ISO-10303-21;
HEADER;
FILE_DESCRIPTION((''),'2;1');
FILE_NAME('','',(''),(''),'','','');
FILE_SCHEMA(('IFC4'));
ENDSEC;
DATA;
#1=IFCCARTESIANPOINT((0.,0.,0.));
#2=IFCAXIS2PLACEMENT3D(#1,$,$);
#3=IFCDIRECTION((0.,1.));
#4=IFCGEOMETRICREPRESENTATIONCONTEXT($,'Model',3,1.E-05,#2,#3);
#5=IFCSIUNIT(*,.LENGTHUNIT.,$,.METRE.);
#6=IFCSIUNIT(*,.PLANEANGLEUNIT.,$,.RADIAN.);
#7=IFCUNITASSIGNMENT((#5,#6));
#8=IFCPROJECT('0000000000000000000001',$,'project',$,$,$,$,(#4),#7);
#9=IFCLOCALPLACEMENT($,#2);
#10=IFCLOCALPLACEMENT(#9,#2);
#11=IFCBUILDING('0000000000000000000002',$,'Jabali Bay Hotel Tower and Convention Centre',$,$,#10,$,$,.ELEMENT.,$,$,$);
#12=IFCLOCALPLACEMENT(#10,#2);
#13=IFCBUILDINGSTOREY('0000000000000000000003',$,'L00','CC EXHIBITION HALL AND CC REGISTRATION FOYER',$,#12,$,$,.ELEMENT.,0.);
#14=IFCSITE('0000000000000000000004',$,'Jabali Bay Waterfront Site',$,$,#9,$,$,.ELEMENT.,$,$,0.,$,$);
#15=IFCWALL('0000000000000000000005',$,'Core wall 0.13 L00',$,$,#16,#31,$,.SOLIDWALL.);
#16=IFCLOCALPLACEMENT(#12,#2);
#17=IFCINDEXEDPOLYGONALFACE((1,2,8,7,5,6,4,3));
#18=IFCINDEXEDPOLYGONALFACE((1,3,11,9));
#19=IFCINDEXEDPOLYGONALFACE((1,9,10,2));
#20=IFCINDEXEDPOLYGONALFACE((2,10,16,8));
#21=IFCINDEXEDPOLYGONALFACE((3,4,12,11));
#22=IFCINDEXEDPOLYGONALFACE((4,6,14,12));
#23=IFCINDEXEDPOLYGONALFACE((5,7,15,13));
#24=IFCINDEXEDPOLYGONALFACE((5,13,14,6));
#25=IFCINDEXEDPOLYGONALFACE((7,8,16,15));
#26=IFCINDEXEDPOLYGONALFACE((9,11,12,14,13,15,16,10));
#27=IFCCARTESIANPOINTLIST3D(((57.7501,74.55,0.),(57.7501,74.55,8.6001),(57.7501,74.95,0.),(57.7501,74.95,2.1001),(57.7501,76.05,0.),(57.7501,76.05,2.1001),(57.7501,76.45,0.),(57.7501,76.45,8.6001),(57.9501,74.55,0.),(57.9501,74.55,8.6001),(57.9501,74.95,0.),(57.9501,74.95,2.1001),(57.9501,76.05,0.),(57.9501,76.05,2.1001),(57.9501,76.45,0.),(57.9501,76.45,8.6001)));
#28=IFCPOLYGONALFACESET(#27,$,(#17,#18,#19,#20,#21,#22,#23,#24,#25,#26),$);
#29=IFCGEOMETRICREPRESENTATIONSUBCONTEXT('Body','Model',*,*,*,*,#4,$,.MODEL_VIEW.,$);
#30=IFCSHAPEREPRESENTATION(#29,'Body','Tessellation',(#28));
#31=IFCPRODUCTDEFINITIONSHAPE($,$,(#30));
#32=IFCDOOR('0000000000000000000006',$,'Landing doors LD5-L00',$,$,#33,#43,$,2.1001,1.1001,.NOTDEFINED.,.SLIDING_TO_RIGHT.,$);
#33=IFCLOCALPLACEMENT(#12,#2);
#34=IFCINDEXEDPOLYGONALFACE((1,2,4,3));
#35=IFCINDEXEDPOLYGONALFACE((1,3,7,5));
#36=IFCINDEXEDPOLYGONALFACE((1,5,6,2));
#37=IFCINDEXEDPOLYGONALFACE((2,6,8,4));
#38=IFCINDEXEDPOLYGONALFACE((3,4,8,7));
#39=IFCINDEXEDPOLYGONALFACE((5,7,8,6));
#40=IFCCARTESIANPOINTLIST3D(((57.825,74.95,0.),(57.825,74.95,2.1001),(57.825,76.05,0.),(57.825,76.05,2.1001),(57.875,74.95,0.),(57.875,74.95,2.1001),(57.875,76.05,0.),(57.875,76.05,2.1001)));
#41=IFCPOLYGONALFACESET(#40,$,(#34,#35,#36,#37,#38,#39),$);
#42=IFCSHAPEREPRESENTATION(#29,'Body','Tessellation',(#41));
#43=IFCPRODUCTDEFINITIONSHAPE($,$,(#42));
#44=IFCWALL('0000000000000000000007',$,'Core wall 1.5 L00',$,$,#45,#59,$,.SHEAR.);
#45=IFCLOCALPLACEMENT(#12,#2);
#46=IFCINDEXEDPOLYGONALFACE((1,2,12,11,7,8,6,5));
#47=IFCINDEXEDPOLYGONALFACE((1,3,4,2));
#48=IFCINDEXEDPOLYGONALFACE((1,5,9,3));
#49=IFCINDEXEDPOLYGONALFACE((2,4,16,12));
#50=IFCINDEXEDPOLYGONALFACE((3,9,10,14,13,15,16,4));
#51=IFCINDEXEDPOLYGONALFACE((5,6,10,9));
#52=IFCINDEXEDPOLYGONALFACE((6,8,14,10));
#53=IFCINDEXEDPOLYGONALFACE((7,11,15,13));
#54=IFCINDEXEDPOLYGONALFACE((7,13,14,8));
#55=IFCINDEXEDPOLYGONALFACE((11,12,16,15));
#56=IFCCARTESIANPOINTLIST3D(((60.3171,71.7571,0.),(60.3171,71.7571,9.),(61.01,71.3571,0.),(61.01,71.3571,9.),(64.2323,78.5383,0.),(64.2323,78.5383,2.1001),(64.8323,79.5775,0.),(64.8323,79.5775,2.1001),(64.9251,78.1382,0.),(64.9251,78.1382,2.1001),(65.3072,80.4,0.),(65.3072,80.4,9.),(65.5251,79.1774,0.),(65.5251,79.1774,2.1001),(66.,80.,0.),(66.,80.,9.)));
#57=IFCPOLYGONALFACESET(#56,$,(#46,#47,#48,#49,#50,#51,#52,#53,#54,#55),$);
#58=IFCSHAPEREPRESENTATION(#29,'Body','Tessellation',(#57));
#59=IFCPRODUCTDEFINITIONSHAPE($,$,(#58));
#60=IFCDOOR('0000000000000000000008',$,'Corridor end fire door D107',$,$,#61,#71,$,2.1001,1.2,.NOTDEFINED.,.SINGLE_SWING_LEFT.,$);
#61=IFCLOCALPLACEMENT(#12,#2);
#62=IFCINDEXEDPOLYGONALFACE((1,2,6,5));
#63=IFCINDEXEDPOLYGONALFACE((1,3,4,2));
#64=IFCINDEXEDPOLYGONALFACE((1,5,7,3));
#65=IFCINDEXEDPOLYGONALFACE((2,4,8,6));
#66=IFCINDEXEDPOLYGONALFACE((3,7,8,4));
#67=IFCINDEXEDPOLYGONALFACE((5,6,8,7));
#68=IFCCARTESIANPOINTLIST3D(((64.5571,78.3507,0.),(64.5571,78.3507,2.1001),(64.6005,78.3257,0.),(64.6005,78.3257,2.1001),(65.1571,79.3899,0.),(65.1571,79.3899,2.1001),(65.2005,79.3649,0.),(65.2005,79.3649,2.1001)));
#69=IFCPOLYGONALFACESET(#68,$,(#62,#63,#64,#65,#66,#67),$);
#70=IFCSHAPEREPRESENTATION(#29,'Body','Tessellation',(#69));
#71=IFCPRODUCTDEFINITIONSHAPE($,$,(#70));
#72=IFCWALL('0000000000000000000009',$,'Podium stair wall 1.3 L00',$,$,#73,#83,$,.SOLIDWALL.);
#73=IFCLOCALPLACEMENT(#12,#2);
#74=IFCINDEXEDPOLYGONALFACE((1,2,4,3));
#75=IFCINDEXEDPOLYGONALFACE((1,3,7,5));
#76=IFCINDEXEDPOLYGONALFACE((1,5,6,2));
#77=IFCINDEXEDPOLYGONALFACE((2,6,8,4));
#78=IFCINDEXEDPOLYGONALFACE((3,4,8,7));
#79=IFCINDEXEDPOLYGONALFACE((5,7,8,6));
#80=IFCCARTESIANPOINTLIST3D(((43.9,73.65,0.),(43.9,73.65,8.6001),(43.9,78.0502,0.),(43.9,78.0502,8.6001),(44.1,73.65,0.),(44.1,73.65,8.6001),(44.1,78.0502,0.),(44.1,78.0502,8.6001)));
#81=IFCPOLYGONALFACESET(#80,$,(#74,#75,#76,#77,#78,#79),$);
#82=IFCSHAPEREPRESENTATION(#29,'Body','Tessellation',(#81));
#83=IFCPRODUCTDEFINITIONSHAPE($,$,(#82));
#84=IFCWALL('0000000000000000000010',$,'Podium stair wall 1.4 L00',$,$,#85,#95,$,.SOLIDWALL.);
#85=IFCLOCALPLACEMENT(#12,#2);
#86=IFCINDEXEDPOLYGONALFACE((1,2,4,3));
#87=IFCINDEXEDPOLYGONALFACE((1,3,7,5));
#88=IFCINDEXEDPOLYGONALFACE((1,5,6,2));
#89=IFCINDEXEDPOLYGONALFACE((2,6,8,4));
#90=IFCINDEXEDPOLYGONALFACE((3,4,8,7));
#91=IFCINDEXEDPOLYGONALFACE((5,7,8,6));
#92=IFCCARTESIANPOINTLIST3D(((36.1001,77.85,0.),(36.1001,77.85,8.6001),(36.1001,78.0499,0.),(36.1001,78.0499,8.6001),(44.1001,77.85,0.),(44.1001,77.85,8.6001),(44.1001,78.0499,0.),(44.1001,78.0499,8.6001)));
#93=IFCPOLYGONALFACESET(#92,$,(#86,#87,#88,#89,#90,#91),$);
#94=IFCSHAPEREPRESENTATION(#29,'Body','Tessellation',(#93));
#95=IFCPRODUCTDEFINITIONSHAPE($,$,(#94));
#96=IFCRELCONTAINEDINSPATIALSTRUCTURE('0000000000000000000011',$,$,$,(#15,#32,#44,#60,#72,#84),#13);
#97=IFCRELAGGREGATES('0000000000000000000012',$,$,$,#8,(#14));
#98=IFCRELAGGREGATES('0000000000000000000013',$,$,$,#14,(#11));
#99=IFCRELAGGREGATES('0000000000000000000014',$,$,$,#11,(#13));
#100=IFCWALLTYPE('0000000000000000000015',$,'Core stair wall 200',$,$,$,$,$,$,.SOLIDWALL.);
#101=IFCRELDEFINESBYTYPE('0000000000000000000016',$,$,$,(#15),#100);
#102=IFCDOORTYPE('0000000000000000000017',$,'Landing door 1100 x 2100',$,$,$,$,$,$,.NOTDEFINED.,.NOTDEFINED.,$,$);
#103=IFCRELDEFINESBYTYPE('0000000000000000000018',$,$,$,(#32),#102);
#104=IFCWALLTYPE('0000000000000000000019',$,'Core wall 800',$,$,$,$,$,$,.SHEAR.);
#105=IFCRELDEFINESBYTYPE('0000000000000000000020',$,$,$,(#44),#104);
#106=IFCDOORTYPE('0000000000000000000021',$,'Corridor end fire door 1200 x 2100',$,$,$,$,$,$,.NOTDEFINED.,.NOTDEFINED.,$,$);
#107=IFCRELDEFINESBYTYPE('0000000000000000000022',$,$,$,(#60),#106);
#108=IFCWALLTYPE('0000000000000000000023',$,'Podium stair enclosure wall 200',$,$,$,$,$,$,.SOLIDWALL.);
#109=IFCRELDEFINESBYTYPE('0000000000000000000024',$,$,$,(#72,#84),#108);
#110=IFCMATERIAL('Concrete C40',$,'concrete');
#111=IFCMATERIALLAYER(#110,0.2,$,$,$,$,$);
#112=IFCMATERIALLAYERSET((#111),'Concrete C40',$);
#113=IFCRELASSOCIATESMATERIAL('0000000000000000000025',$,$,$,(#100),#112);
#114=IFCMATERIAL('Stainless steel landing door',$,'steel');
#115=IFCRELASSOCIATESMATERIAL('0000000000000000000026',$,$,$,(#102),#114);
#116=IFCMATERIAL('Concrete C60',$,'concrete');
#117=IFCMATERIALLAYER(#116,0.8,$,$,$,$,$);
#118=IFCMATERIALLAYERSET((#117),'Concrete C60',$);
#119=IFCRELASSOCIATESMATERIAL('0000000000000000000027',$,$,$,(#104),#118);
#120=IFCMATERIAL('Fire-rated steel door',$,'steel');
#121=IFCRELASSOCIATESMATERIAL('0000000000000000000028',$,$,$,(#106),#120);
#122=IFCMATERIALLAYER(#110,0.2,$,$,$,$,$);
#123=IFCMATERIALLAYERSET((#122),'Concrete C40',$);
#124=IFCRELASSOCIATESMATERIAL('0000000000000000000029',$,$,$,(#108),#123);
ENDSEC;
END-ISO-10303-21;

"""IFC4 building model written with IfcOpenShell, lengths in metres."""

from ifc_helpers import new_model, si_unit, direction, frame, frame_2d, origin, place, context, subcontext, project, spatial, rectangle, extrude, material, layer, layer_set, type_object, element, fill, save


model = new_model("IFC4")

# Units and contexts
model_context = context("Model", 3, precision=1e-05, world=origin(), true_north=direction((0.0, 1.0)))
body_context = subcontext(model_context, "Body", "Model", "MODEL_VIEW")
ifc_project = project(units=[si_unit("LENGTHUNIT", "METRE"), si_unit("PLANEANGLEUNIT", "RADIAN")], contexts=[model_context])

# Site, building, storey
site_placement = place(None, origin())
site = spatial("IfcSite", under=ifc_project, at=site_placement, Name="Jabali Bay Waterfront Site", CompositionType="ELEMENT", RefElevation=0.0)
building_placement = place(site_placement, origin())
building = spatial("IfcBuilding", under=site, at=building_placement, Name="Jabali Bay Hotel Tower and Convention Centre", CompositionType="ELEMENT")
storey_placement = place(building_placement, origin())
storey = spatial("IfcBuildingStorey", under=building, at=storey_placement, Name="L00", Description="CC EXHIBITION HALL AND CC REGISTRATION FOYER", CompositionType="ELEMENT", Elevation=0.0)

# Shared definitions
ifc_material_1 = material(Name="Concrete C60", Category="concrete")

# Shared definitions
ifc_material_2 = material(Name="Concrete C40", Category="concrete")
ifc_material_3 = material(Name="Fire-rated steel door", Category="steel")
ifc_layer_1 = layer(ifc_material_2, 0.2)
ifc_layer_set_1 = layer_set([ifc_layer_1], Name="Concrete C40")
wall_type_1 = type_object("IfcWallType", Name="Core stair wall 200", PredefinedType="SOLIDWALL", material=ifc_layer_set_1)

# Walls, openings, doors
wall_1_placement = place(storey_placement, frame((57.8501, 76.45, 0.0), z_axis=(0.0, 0.0, 1.0), x_axis=(0.0, -1.0, 0.0)))
wall_1 = element("IfcWall", 1, at=wall_1_placement, inside=storey, type_object=wall_type_1, Name="Core wall 0.13 L00", PredefinedType="SOLIDWALL", context=body_context, shape_type="SweptSolid", body=[
    extrude(rectangle(XDim=1.8999, YDim=0.2, at=frame_2d((0.95, 0.0))), origin(), (0.0, 0.0, 1.0), 8.6001),
])
opening_1_placement = place(wall_1_placement, frame((0.3999, 0.0, 0.0)))
opening_1 = element("IfcOpeningElement", 2, at=opening_1_placement, cuts=wall_1, PredefinedType="OPENING", context=body_context, shape_type="SweptSolid", body=[
    extrude(rectangle(XDim=1.1001, YDim=2.1001, at=frame_2d((0.55, 1.05))), frame((0.0, 0.1104, 0.0), z_axis=(0.0, -1.0, 0.0), x_axis=(1.0, 0.0, 0.0)), (0.0, 0.0, 1.0), 0.2209),
])
ifc_material_4 = material(Name="Stainless steel landing door", Category="steel")
door_type_1 = type_object("IfcDoorType", Name="Landing door 1100 x 2100", OperationType="NOTDEFINED", PredefinedType="NOTDEFINED", material=ifc_material_4)
door_1_placement = place(opening_1_placement, origin())
door_1 = element("IfcDoor", 3, at=door_1_placement, inside=storey, type_object=door_type_1, Name="Landing doors LD5-L00", OperationType="SLIDING_TO_RIGHT", OverallHeight=2.1001, OverallWidth=1.1001, PredefinedType="NOTDEFINED", context=body_context, shape_type="SweptSolid", body=[
    extrude(rectangle(XDim=1.1001, YDim=2.1001, at=frame_2d((0.55, 1.05))), frame((0.0, 0.0249, 0.0), z_axis=(0.0, -1.0, 0.0), x_axis=(1.0, 0.0, 0.0)), (0.0, 0.0, 1.0), 0.05),
])
fill(opening_1, door_1)
ifc_layer_2 = layer(ifc_material_1, 0.8)
ifc_layer_set_2 = layer_set([ifc_layer_2], Name="Concrete C60")
wall_type_2 = type_object("IfcWallType", Name="Core wall 800", PredefinedType="SHEAR", material=ifc_layer_set_2)
wall_2_placement = place(storey_placement, frame((60.6636, 71.5571, 0.0), z_axis=(0.0, 0.0, 1.0), x_axis=(0.500004, 0.866023, 0.0)))
wall_2 = element("IfcWall", 4, at=wall_2_placement, inside=storey, type_object=wall_type_2, Name="Core wall 1.5 L00", PredefinedType="SHEAR", context=body_context, shape_type="SweptSolid", body=[
    extrude(rectangle(XDim=9.98, YDim=0.8, at=frame_2d((4.99, 0.0))), origin(), (0.0, 0.0, 1.0), 9.0),
])
opening_2_placement = place(wall_2_placement, frame((7.8301, 0.0, 0.0)))
opening_2 = element("IfcOpeningElement", 5, at=opening_2_placement, cuts=wall_2, PredefinedType="OPENING", context=body_context, shape_type="SweptSolid", body=[
    extrude(rectangle(XDim=1.2, YDim=2.1001, at=frame_2d((0.6001, 1.05))), frame((0.0, 0.4106, 0.0), z_axis=(0.0, -1.0, 0.0), x_axis=(1.0, 0.0, 0.0)), (0.0, 0.0, 1.0), 0.821),
])
door_type_2 = type_object("IfcDoorType", Name="Corridor end fire door 1200 x 2100", OperationType="NOTDEFINED", PredefinedType="NOTDEFINED", material=ifc_material_3)
door_2_placement = place(opening_2_placement, origin())
door_2 = element("IfcDoor", 6, at=door_2_placement, inside=storey, type_object=door_type_2, Name="Corridor end fire door D107", OperationType="SINGLE_SWING_LEFT", OverallHeight=2.1001, OverallWidth=1.2, PredefinedType="NOTDEFINED", context=body_context, shape_type="SweptSolid", body=[
    extrude(rectangle(XDim=1.2, YDim=2.1001, at=frame_2d((0.6001, 1.05))), frame((0.0, 0.0249, 0.0), z_axis=(0.0, -1.0, 0.0), x_axis=(1.0, 0.0, 0.0)), (0.0, 0.0, 1.0), 0.05),
])
fill(opening_2, door_2)

# Walls
ifc_layer_3 = layer(ifc_material_2, 0.2)
ifc_layer_set_3 = layer_set([ifc_layer_3], Name="Concrete C40")
wall_type_3 = type_object("IfcWallType", Name="Podium stair enclosure wall 200", PredefinedType="SOLIDWALL", material=ifc_layer_set_3)
wall_3_placement = place(storey_placement, frame((44.0, 73.6499, 0.0), z_axis=(0.0, 0.0, 1.0), x_axis=(0.0, 1.0, 0.0)))
element("IfcWall", 7, at=wall_3_placement, inside=storey, type_object=wall_type_3, Name="Podium stair wall 1.3 L00", PredefinedType="SOLIDWALL", context=body_context, shape_type="SweptSolid", body=[
    extrude(rectangle(XDim=4.4001, YDim=0.2, at=frame_2d((2.2002, 0.0))), origin(), (0.0, 0.0, 1.0), 8.6001),
])
wall_4_placement = place(storey_placement, frame((44.1001, 77.95, 0.0), z_axis=(0.0, 0.0, 1.0), x_axis=(-1.0, 0.0, 0.0)))
element("IfcWall", 8, at=wall_4_placement, inside=storey, type_object=wall_type_3, Name="Podium stair wall 1.4 L00", PredefinedType="SOLIDWALL", context=body_context, shape_type="SweptSolid", body=[
    extrude(rectangle(XDim=8.0, YDim=0.2, at=frame_2d((4.0, 0.0))), origin(), (0.0, 0.0, 1.0), 8.6001),
])

save(model, "model.ifc")
